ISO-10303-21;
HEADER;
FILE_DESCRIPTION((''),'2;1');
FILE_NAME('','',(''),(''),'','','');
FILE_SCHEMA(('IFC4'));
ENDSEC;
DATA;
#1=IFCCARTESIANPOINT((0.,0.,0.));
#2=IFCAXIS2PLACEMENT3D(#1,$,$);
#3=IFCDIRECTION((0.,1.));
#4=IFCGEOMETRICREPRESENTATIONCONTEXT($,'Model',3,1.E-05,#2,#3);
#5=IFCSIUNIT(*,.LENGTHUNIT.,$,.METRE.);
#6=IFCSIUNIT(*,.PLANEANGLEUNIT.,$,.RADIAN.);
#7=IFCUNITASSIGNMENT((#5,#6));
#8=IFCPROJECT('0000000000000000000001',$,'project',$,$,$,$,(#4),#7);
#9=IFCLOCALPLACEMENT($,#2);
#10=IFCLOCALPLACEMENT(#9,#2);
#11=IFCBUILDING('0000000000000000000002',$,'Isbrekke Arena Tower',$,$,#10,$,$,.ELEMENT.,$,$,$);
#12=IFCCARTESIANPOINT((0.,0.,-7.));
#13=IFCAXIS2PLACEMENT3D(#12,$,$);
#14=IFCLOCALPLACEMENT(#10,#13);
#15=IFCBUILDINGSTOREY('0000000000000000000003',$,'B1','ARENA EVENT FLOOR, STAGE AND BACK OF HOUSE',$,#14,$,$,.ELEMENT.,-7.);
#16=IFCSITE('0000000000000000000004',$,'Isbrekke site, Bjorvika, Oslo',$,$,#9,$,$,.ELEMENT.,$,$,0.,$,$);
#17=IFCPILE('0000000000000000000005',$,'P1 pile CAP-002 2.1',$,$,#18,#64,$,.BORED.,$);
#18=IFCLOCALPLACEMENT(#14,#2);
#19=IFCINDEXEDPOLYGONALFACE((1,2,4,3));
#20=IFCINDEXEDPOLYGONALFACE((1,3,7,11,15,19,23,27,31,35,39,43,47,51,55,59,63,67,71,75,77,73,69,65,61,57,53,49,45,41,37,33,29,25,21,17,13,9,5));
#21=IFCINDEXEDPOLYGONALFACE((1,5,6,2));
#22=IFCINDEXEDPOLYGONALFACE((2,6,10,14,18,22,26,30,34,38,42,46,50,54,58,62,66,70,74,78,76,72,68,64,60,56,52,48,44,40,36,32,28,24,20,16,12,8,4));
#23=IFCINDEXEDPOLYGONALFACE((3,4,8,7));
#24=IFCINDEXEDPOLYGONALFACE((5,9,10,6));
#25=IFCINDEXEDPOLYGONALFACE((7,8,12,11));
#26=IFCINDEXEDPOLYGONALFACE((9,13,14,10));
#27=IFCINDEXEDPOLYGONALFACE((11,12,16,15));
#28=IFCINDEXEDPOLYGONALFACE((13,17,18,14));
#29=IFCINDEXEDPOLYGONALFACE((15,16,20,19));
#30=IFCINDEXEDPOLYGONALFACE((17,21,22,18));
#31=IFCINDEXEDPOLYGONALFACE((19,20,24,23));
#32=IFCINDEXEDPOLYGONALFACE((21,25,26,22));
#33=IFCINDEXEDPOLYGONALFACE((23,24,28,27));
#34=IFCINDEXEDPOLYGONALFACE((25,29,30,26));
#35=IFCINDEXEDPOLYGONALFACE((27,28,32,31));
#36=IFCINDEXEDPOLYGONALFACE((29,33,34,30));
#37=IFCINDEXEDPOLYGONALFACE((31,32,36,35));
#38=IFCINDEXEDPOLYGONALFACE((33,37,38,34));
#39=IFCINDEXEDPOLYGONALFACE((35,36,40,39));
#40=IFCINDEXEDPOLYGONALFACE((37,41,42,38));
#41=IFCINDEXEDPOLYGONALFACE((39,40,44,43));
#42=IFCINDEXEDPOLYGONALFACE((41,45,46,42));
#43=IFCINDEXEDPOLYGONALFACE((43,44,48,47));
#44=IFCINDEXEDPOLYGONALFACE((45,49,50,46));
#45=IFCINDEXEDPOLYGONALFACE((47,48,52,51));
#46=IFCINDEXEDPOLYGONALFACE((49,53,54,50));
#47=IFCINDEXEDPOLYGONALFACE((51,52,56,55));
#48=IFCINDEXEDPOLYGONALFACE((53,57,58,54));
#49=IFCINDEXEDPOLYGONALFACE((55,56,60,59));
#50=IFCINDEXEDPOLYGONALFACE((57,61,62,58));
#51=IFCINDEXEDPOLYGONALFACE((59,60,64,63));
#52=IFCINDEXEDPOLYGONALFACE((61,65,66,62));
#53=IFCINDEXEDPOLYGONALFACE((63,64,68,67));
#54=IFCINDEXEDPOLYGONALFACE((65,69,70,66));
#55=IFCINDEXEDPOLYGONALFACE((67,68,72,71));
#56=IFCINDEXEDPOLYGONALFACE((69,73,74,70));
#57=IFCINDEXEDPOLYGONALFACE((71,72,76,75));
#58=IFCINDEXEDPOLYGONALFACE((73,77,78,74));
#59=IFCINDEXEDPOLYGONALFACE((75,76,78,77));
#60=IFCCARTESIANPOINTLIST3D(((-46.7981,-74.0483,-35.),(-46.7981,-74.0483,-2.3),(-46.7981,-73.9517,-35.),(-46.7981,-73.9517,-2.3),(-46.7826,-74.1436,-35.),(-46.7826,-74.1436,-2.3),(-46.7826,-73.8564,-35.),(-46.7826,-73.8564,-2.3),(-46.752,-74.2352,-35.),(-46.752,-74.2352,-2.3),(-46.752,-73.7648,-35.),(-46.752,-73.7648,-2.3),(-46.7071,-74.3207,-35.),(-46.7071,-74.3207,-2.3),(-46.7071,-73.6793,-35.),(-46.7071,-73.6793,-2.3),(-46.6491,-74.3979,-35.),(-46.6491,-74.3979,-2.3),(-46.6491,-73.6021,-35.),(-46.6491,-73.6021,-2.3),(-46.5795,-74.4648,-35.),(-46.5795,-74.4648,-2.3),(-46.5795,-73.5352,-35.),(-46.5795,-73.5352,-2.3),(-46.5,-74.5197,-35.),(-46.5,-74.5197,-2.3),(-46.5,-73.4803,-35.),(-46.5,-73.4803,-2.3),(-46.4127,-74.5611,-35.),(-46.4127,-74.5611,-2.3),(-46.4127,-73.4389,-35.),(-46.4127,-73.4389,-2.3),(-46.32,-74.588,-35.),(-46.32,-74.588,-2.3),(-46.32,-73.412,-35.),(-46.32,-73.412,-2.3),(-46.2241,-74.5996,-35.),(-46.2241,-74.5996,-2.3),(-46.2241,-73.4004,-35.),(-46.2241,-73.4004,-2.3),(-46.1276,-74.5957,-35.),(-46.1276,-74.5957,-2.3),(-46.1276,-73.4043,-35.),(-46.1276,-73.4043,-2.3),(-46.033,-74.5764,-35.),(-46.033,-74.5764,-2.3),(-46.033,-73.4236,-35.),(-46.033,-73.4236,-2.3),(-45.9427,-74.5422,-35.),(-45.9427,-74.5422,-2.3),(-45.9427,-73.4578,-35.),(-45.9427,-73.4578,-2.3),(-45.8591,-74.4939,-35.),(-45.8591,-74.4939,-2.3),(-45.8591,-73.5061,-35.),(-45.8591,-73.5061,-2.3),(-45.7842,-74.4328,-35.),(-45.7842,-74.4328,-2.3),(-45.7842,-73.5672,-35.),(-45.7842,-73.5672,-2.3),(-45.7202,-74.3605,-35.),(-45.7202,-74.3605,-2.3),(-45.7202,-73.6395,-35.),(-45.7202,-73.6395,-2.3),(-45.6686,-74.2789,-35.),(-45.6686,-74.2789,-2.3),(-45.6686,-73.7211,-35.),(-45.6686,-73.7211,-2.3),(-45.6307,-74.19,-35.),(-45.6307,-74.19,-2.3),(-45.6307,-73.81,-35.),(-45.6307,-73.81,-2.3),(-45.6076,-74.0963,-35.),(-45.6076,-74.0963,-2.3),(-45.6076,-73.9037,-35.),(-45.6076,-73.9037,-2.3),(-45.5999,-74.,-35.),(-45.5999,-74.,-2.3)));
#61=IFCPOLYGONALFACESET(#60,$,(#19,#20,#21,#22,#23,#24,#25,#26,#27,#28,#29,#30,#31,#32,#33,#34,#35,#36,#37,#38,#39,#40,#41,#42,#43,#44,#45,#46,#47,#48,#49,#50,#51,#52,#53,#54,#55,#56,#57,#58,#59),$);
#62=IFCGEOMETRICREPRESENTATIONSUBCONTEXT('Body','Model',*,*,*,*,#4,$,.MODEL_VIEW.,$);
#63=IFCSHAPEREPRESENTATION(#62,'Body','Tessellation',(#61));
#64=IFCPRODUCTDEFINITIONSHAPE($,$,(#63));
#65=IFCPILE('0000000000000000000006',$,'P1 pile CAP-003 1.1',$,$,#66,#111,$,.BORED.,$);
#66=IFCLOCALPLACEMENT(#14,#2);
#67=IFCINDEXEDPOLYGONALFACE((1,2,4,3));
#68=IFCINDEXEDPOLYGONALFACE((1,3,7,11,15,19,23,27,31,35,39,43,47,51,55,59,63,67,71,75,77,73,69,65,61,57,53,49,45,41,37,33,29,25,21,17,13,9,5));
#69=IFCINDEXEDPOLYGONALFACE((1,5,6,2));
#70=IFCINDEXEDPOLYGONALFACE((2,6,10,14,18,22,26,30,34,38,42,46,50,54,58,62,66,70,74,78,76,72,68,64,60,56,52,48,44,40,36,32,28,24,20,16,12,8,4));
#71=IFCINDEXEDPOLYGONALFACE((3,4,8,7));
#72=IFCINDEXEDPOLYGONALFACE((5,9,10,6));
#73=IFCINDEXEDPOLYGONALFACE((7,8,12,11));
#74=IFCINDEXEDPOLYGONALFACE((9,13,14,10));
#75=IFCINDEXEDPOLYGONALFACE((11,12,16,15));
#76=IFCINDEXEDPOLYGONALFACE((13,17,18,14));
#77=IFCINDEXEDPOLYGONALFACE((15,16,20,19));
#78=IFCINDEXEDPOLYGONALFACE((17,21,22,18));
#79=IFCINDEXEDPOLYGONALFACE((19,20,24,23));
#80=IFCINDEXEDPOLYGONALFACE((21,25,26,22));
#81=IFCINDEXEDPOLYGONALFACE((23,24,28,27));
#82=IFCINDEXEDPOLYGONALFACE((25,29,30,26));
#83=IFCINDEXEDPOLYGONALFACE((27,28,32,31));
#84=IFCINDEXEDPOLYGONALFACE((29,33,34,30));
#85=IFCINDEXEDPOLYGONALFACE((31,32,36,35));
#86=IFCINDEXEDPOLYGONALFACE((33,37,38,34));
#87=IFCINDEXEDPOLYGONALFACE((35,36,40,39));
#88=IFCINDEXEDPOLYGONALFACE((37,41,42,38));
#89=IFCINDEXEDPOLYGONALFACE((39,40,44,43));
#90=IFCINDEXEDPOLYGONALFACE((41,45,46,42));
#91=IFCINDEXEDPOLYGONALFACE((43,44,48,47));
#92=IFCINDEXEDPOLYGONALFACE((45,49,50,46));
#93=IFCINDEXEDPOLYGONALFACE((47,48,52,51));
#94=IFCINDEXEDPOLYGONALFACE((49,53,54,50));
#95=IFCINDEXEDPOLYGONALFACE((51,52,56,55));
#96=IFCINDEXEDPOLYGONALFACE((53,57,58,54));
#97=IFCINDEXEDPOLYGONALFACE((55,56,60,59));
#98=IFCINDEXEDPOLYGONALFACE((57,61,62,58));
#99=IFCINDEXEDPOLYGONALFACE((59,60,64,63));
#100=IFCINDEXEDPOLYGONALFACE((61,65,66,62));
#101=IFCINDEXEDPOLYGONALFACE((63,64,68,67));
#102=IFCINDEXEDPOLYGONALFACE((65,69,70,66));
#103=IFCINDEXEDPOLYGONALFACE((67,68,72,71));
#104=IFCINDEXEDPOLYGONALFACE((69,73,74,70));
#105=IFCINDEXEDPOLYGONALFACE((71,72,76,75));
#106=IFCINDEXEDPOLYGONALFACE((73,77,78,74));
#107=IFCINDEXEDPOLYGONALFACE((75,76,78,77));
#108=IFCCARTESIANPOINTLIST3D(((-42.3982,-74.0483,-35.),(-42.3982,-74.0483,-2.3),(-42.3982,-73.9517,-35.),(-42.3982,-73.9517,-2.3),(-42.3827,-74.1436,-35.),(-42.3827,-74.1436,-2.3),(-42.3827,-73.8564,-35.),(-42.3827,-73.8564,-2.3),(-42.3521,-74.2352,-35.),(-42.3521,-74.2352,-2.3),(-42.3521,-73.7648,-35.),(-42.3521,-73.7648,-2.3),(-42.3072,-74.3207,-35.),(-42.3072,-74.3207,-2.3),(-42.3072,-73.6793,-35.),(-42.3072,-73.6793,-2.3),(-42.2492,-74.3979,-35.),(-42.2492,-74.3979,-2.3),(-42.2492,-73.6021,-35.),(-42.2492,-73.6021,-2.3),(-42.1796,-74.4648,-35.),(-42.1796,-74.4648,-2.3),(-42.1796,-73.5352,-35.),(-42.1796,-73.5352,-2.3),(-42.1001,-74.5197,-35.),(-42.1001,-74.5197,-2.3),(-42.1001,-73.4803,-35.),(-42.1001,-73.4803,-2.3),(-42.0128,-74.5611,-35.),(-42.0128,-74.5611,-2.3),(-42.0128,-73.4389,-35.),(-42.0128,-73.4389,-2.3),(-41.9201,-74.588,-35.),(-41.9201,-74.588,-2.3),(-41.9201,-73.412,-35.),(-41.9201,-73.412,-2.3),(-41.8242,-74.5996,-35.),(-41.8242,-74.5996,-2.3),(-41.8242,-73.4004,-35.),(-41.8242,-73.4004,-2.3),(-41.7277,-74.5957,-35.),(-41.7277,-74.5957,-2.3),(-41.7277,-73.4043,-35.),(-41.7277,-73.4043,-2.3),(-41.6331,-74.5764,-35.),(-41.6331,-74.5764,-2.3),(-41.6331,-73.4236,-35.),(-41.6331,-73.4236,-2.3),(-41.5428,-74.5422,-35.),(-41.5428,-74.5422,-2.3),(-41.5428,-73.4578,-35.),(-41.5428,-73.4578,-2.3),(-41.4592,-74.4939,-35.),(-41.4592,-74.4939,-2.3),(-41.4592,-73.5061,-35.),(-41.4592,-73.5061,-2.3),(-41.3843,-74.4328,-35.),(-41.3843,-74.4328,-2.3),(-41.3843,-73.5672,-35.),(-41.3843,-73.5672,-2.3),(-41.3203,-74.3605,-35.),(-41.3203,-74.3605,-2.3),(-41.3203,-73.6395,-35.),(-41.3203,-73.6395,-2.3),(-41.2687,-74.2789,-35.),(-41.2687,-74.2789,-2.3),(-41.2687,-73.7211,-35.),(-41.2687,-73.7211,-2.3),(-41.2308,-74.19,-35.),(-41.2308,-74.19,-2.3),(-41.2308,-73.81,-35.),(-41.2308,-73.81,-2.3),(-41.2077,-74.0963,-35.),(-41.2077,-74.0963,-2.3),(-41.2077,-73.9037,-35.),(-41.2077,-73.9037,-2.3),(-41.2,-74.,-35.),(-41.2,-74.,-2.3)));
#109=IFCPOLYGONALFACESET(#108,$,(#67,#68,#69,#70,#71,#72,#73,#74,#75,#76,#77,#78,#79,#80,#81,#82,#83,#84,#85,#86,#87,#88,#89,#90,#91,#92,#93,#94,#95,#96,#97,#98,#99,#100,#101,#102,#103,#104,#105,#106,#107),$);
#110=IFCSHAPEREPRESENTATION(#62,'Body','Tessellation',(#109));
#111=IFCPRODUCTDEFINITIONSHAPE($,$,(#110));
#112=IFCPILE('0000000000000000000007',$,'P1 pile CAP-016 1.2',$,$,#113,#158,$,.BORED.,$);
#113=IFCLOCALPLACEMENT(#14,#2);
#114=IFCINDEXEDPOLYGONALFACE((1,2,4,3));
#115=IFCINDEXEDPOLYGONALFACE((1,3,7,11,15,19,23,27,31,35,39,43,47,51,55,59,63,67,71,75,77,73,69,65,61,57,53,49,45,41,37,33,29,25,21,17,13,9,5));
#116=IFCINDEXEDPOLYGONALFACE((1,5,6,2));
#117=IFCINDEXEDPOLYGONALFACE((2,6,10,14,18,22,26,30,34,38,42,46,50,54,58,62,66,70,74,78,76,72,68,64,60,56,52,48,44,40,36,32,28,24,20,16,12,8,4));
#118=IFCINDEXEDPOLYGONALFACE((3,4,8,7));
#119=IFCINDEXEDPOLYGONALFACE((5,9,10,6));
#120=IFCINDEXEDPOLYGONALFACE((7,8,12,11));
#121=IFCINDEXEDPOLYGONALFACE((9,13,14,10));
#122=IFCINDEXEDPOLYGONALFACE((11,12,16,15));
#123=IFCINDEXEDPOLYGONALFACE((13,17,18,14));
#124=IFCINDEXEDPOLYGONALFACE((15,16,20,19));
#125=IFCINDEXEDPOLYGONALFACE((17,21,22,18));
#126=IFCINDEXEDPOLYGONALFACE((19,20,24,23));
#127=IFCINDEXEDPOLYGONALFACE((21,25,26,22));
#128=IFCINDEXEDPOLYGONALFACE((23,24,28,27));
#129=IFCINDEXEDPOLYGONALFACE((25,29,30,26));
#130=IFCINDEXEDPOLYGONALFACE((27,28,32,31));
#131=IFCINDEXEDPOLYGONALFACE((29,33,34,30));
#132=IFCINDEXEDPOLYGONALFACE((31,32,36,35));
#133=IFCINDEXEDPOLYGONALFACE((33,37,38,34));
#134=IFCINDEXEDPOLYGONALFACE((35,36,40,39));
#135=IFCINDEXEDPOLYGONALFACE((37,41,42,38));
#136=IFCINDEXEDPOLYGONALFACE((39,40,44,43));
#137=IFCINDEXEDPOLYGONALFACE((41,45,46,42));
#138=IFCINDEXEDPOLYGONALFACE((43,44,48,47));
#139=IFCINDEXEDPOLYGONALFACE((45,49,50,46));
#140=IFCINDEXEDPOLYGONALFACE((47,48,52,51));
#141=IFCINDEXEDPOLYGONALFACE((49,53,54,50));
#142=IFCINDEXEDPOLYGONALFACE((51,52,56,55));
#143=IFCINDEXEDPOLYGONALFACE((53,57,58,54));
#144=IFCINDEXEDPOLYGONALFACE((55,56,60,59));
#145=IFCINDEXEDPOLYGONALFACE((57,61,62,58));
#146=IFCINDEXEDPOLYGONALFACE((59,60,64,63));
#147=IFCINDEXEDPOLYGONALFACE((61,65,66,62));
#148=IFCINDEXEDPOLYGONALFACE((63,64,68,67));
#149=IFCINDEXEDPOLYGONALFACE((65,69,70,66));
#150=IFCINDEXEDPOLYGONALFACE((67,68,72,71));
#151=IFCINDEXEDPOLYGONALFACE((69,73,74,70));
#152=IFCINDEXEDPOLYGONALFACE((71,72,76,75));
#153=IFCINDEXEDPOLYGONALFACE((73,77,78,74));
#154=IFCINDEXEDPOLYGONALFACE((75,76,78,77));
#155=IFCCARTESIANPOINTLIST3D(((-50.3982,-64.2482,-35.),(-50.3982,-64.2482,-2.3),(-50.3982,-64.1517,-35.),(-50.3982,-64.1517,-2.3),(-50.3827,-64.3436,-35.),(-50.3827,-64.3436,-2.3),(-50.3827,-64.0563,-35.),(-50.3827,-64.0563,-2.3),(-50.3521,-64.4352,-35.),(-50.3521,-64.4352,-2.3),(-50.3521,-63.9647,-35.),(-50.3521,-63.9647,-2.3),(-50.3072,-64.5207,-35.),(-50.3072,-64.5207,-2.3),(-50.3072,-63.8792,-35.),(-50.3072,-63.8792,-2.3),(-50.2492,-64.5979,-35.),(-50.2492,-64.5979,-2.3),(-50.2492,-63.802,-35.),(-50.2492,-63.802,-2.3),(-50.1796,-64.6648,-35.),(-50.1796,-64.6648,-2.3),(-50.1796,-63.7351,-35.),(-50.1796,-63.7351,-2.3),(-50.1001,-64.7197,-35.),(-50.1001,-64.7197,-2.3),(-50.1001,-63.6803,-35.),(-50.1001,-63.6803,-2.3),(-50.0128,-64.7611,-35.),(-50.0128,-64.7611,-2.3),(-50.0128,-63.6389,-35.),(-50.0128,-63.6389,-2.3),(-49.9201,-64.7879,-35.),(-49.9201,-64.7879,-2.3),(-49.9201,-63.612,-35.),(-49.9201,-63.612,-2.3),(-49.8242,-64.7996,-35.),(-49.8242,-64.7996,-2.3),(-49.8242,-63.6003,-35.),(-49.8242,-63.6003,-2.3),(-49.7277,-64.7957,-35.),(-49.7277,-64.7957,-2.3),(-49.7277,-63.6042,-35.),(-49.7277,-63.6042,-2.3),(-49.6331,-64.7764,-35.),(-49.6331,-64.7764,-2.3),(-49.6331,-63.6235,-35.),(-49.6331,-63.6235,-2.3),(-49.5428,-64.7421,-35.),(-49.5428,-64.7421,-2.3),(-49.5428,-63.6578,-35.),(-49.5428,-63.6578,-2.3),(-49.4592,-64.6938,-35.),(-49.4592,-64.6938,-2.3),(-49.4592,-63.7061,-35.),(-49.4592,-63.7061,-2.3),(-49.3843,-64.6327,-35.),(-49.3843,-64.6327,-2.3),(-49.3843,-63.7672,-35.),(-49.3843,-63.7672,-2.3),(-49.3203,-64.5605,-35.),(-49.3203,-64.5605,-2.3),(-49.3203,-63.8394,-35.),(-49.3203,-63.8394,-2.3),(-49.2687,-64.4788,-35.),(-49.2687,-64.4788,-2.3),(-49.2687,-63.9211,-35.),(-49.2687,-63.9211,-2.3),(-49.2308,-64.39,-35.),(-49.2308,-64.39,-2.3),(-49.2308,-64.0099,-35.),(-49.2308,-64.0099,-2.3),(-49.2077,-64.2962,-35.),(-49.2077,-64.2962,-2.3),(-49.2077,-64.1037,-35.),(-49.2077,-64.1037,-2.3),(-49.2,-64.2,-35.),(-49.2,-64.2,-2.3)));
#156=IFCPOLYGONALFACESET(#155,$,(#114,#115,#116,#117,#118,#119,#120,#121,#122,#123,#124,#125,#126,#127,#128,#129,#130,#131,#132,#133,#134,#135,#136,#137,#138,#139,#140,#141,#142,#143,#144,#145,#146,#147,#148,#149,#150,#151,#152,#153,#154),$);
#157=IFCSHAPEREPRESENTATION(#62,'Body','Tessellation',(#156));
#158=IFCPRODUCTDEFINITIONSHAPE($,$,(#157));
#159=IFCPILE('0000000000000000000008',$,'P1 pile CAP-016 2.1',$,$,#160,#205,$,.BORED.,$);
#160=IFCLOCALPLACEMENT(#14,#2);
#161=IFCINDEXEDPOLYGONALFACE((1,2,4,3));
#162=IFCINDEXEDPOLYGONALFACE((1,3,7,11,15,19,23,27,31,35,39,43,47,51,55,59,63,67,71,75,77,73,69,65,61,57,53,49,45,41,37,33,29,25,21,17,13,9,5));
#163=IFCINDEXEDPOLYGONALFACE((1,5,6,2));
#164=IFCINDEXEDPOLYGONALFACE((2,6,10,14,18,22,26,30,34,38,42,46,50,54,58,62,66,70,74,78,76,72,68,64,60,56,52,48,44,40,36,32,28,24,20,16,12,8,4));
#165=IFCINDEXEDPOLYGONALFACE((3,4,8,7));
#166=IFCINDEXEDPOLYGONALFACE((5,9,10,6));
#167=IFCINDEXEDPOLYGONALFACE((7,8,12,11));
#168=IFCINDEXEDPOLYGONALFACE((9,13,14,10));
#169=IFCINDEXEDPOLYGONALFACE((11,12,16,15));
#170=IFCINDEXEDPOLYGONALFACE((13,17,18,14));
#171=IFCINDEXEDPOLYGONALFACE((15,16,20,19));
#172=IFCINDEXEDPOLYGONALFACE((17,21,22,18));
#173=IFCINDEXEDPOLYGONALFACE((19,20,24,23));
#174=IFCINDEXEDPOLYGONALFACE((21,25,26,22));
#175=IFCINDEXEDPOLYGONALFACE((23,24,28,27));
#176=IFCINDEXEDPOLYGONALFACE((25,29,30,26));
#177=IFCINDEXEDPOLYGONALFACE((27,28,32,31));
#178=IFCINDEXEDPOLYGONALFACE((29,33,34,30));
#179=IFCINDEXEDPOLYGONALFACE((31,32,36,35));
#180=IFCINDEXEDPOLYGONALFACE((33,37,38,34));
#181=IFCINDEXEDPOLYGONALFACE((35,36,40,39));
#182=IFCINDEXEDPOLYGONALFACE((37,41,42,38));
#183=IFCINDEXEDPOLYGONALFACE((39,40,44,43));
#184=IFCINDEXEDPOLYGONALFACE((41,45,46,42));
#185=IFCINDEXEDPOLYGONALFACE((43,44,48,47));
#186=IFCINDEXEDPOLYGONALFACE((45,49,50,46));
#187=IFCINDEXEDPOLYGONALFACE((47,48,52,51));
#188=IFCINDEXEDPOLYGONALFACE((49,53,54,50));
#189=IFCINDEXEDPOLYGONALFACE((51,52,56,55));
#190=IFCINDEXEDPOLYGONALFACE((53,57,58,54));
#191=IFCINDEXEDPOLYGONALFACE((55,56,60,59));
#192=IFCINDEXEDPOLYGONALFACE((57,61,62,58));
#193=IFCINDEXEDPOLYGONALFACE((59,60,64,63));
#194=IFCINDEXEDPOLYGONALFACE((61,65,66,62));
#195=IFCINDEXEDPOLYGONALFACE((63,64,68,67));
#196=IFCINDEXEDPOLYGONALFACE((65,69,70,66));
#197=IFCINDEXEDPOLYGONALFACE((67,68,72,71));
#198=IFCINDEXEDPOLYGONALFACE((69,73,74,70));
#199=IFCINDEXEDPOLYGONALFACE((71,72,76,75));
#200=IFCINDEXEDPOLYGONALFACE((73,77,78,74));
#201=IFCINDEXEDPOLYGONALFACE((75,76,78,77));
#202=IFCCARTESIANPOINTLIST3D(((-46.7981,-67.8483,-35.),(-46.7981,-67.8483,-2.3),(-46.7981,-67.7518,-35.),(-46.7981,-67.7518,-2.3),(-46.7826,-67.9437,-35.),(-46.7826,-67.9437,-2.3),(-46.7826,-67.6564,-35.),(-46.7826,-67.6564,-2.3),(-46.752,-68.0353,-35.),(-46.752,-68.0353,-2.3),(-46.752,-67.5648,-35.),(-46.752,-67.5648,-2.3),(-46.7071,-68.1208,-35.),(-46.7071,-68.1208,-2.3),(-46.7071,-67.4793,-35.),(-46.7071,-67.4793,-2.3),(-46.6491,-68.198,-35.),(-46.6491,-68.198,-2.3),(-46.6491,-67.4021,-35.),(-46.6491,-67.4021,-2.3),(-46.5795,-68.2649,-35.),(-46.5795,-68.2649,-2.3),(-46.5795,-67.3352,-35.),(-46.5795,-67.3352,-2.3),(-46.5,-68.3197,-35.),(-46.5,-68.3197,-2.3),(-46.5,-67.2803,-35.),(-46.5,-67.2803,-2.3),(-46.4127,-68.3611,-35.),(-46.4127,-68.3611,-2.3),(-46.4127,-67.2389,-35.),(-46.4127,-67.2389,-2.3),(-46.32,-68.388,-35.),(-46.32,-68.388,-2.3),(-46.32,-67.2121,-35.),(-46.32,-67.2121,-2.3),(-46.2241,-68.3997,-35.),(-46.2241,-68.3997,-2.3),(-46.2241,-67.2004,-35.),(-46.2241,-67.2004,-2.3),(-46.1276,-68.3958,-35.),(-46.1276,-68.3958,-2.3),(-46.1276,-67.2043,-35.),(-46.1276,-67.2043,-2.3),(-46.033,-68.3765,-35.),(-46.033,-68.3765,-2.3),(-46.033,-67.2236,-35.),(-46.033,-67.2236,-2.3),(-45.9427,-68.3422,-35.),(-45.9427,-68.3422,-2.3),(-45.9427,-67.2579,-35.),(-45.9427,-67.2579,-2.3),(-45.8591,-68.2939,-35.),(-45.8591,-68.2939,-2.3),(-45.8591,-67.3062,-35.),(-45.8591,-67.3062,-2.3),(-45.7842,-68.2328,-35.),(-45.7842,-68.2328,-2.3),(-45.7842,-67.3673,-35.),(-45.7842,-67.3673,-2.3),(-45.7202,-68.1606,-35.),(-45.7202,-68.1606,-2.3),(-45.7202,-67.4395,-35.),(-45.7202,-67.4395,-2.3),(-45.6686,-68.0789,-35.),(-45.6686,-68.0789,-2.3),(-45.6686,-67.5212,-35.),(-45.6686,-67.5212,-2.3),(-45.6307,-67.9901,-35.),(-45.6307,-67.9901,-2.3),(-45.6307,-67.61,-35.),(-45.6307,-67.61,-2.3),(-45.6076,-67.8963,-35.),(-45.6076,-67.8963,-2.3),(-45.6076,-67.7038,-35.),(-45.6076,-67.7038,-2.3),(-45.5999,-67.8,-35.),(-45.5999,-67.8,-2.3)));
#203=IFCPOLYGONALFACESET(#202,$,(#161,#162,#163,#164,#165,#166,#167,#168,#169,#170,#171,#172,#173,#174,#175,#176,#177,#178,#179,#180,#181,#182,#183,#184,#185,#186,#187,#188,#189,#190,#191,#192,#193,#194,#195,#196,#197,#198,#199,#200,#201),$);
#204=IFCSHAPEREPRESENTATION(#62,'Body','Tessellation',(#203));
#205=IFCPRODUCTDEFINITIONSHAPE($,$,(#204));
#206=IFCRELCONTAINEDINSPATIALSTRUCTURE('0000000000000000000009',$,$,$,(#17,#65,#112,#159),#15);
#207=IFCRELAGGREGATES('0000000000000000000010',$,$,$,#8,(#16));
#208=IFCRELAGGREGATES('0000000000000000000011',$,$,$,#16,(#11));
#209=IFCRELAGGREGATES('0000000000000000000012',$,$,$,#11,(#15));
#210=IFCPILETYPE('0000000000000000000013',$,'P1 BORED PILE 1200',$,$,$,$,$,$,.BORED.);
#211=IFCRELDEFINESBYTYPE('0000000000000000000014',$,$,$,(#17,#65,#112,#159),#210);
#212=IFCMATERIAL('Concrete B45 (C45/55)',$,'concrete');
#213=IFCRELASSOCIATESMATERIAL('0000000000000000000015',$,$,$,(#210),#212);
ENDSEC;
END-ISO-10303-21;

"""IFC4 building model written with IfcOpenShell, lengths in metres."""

from ifc_helpers import new_model, si_unit, direction, frame, origin, origin_2d, place, context, subcontext, project, spatial, circle, extrude, material, material_profile, profile_set, type_object, element, save


model = new_model("IFC4")

# Units and contexts
model_context = context("Model", 3, precision=1e-05, world=origin(), true_north=direction((0.0, 1.0)))
body_context = subcontext(model_context, "Body", "Model", "MODEL_VIEW")
ifc_project = project(units=[si_unit("LENGTHUNIT", "METRE"), si_unit("PLANEANGLEUNIT", "RADIAN")], contexts=[model_context])

# Site, building, storey
site_placement = place(None, origin())
site = spatial("IfcSite", under=ifc_project, at=site_placement, Name="Isbrekke site, Bjorvika, Oslo", CompositionType="ELEMENT", RefElevation=0.0)
building_placement = place(site_placement, origin())
building = spatial("IfcBuilding", under=site, at=building_placement, Name="Isbrekke Arena Tower", CompositionType="ELEMENT")
storey_placement = place(building_placement, frame((0.0, 0.0, -7.0)))
storey = spatial("IfcBuildingStorey", under=building, at=storey_placement, Name="B1", Description="ARENA EVENT FLOOR, STAGE AND BACK OF HOUSE", CompositionType="ELEMENT", Elevation=-7.0)

# Piles
ifc_material_1 = material(Name="Concrete B45 (C45/55)", Category="concrete")
ifc_material_profile_1 = material_profile(ifc_material_1, circle(Radius=0.6001, at=origin_2d()), Name="BORED PILE D1200")
ifc_profile_set_1 = profile_set([ifc_material_profile_1], Name="Concrete B45 (C45/55)")
pile_type = type_object("IfcPileType", Name="P1 BORED PILE 1200", PredefinedType="BORED", material=ifc_profile_set_1)
for number, where, z_axis, x_axis, name in (
    (1, (-46.2, -74.0, -2.3), (0.0, 0.0, -1.0), (1.0, 0.0, 0.0), "P1 pile CAP-002 2.1"),
    (2, (-41.8, -74.0, -2.3), (0.0, 0.0, -1.0), (1.0, 0.0, 0.0), "P1 pile CAP-003 1.1"),
    (3, (-49.8, -64.2, -2.3), (0.0, 0.0, -1.0), (1.0, 0.0, 0.0), "P1 pile CAP-016 1.2"),
    (4, (-46.2, -67.8, -2.3), (0.0, 0.0, -1.0), (1.0, 0.0, 0.0), "P1 pile CAP-016 2.1"),
):
    element("IfcPile", number, at=place(storey_placement, frame(where, z_axis=z_axis, x_axis=x_axis)), inside=storey, type_object=pile_type, Name=name, PredefinedType="BORED", context=body_context, shape_type="SweptSolid", body=[
        extrude(circle(Radius=0.6001, at=origin_2d()), origin(), (0.0, 0.0, 1.0), 32.7),
    ])

save(model, "model.ifc")
